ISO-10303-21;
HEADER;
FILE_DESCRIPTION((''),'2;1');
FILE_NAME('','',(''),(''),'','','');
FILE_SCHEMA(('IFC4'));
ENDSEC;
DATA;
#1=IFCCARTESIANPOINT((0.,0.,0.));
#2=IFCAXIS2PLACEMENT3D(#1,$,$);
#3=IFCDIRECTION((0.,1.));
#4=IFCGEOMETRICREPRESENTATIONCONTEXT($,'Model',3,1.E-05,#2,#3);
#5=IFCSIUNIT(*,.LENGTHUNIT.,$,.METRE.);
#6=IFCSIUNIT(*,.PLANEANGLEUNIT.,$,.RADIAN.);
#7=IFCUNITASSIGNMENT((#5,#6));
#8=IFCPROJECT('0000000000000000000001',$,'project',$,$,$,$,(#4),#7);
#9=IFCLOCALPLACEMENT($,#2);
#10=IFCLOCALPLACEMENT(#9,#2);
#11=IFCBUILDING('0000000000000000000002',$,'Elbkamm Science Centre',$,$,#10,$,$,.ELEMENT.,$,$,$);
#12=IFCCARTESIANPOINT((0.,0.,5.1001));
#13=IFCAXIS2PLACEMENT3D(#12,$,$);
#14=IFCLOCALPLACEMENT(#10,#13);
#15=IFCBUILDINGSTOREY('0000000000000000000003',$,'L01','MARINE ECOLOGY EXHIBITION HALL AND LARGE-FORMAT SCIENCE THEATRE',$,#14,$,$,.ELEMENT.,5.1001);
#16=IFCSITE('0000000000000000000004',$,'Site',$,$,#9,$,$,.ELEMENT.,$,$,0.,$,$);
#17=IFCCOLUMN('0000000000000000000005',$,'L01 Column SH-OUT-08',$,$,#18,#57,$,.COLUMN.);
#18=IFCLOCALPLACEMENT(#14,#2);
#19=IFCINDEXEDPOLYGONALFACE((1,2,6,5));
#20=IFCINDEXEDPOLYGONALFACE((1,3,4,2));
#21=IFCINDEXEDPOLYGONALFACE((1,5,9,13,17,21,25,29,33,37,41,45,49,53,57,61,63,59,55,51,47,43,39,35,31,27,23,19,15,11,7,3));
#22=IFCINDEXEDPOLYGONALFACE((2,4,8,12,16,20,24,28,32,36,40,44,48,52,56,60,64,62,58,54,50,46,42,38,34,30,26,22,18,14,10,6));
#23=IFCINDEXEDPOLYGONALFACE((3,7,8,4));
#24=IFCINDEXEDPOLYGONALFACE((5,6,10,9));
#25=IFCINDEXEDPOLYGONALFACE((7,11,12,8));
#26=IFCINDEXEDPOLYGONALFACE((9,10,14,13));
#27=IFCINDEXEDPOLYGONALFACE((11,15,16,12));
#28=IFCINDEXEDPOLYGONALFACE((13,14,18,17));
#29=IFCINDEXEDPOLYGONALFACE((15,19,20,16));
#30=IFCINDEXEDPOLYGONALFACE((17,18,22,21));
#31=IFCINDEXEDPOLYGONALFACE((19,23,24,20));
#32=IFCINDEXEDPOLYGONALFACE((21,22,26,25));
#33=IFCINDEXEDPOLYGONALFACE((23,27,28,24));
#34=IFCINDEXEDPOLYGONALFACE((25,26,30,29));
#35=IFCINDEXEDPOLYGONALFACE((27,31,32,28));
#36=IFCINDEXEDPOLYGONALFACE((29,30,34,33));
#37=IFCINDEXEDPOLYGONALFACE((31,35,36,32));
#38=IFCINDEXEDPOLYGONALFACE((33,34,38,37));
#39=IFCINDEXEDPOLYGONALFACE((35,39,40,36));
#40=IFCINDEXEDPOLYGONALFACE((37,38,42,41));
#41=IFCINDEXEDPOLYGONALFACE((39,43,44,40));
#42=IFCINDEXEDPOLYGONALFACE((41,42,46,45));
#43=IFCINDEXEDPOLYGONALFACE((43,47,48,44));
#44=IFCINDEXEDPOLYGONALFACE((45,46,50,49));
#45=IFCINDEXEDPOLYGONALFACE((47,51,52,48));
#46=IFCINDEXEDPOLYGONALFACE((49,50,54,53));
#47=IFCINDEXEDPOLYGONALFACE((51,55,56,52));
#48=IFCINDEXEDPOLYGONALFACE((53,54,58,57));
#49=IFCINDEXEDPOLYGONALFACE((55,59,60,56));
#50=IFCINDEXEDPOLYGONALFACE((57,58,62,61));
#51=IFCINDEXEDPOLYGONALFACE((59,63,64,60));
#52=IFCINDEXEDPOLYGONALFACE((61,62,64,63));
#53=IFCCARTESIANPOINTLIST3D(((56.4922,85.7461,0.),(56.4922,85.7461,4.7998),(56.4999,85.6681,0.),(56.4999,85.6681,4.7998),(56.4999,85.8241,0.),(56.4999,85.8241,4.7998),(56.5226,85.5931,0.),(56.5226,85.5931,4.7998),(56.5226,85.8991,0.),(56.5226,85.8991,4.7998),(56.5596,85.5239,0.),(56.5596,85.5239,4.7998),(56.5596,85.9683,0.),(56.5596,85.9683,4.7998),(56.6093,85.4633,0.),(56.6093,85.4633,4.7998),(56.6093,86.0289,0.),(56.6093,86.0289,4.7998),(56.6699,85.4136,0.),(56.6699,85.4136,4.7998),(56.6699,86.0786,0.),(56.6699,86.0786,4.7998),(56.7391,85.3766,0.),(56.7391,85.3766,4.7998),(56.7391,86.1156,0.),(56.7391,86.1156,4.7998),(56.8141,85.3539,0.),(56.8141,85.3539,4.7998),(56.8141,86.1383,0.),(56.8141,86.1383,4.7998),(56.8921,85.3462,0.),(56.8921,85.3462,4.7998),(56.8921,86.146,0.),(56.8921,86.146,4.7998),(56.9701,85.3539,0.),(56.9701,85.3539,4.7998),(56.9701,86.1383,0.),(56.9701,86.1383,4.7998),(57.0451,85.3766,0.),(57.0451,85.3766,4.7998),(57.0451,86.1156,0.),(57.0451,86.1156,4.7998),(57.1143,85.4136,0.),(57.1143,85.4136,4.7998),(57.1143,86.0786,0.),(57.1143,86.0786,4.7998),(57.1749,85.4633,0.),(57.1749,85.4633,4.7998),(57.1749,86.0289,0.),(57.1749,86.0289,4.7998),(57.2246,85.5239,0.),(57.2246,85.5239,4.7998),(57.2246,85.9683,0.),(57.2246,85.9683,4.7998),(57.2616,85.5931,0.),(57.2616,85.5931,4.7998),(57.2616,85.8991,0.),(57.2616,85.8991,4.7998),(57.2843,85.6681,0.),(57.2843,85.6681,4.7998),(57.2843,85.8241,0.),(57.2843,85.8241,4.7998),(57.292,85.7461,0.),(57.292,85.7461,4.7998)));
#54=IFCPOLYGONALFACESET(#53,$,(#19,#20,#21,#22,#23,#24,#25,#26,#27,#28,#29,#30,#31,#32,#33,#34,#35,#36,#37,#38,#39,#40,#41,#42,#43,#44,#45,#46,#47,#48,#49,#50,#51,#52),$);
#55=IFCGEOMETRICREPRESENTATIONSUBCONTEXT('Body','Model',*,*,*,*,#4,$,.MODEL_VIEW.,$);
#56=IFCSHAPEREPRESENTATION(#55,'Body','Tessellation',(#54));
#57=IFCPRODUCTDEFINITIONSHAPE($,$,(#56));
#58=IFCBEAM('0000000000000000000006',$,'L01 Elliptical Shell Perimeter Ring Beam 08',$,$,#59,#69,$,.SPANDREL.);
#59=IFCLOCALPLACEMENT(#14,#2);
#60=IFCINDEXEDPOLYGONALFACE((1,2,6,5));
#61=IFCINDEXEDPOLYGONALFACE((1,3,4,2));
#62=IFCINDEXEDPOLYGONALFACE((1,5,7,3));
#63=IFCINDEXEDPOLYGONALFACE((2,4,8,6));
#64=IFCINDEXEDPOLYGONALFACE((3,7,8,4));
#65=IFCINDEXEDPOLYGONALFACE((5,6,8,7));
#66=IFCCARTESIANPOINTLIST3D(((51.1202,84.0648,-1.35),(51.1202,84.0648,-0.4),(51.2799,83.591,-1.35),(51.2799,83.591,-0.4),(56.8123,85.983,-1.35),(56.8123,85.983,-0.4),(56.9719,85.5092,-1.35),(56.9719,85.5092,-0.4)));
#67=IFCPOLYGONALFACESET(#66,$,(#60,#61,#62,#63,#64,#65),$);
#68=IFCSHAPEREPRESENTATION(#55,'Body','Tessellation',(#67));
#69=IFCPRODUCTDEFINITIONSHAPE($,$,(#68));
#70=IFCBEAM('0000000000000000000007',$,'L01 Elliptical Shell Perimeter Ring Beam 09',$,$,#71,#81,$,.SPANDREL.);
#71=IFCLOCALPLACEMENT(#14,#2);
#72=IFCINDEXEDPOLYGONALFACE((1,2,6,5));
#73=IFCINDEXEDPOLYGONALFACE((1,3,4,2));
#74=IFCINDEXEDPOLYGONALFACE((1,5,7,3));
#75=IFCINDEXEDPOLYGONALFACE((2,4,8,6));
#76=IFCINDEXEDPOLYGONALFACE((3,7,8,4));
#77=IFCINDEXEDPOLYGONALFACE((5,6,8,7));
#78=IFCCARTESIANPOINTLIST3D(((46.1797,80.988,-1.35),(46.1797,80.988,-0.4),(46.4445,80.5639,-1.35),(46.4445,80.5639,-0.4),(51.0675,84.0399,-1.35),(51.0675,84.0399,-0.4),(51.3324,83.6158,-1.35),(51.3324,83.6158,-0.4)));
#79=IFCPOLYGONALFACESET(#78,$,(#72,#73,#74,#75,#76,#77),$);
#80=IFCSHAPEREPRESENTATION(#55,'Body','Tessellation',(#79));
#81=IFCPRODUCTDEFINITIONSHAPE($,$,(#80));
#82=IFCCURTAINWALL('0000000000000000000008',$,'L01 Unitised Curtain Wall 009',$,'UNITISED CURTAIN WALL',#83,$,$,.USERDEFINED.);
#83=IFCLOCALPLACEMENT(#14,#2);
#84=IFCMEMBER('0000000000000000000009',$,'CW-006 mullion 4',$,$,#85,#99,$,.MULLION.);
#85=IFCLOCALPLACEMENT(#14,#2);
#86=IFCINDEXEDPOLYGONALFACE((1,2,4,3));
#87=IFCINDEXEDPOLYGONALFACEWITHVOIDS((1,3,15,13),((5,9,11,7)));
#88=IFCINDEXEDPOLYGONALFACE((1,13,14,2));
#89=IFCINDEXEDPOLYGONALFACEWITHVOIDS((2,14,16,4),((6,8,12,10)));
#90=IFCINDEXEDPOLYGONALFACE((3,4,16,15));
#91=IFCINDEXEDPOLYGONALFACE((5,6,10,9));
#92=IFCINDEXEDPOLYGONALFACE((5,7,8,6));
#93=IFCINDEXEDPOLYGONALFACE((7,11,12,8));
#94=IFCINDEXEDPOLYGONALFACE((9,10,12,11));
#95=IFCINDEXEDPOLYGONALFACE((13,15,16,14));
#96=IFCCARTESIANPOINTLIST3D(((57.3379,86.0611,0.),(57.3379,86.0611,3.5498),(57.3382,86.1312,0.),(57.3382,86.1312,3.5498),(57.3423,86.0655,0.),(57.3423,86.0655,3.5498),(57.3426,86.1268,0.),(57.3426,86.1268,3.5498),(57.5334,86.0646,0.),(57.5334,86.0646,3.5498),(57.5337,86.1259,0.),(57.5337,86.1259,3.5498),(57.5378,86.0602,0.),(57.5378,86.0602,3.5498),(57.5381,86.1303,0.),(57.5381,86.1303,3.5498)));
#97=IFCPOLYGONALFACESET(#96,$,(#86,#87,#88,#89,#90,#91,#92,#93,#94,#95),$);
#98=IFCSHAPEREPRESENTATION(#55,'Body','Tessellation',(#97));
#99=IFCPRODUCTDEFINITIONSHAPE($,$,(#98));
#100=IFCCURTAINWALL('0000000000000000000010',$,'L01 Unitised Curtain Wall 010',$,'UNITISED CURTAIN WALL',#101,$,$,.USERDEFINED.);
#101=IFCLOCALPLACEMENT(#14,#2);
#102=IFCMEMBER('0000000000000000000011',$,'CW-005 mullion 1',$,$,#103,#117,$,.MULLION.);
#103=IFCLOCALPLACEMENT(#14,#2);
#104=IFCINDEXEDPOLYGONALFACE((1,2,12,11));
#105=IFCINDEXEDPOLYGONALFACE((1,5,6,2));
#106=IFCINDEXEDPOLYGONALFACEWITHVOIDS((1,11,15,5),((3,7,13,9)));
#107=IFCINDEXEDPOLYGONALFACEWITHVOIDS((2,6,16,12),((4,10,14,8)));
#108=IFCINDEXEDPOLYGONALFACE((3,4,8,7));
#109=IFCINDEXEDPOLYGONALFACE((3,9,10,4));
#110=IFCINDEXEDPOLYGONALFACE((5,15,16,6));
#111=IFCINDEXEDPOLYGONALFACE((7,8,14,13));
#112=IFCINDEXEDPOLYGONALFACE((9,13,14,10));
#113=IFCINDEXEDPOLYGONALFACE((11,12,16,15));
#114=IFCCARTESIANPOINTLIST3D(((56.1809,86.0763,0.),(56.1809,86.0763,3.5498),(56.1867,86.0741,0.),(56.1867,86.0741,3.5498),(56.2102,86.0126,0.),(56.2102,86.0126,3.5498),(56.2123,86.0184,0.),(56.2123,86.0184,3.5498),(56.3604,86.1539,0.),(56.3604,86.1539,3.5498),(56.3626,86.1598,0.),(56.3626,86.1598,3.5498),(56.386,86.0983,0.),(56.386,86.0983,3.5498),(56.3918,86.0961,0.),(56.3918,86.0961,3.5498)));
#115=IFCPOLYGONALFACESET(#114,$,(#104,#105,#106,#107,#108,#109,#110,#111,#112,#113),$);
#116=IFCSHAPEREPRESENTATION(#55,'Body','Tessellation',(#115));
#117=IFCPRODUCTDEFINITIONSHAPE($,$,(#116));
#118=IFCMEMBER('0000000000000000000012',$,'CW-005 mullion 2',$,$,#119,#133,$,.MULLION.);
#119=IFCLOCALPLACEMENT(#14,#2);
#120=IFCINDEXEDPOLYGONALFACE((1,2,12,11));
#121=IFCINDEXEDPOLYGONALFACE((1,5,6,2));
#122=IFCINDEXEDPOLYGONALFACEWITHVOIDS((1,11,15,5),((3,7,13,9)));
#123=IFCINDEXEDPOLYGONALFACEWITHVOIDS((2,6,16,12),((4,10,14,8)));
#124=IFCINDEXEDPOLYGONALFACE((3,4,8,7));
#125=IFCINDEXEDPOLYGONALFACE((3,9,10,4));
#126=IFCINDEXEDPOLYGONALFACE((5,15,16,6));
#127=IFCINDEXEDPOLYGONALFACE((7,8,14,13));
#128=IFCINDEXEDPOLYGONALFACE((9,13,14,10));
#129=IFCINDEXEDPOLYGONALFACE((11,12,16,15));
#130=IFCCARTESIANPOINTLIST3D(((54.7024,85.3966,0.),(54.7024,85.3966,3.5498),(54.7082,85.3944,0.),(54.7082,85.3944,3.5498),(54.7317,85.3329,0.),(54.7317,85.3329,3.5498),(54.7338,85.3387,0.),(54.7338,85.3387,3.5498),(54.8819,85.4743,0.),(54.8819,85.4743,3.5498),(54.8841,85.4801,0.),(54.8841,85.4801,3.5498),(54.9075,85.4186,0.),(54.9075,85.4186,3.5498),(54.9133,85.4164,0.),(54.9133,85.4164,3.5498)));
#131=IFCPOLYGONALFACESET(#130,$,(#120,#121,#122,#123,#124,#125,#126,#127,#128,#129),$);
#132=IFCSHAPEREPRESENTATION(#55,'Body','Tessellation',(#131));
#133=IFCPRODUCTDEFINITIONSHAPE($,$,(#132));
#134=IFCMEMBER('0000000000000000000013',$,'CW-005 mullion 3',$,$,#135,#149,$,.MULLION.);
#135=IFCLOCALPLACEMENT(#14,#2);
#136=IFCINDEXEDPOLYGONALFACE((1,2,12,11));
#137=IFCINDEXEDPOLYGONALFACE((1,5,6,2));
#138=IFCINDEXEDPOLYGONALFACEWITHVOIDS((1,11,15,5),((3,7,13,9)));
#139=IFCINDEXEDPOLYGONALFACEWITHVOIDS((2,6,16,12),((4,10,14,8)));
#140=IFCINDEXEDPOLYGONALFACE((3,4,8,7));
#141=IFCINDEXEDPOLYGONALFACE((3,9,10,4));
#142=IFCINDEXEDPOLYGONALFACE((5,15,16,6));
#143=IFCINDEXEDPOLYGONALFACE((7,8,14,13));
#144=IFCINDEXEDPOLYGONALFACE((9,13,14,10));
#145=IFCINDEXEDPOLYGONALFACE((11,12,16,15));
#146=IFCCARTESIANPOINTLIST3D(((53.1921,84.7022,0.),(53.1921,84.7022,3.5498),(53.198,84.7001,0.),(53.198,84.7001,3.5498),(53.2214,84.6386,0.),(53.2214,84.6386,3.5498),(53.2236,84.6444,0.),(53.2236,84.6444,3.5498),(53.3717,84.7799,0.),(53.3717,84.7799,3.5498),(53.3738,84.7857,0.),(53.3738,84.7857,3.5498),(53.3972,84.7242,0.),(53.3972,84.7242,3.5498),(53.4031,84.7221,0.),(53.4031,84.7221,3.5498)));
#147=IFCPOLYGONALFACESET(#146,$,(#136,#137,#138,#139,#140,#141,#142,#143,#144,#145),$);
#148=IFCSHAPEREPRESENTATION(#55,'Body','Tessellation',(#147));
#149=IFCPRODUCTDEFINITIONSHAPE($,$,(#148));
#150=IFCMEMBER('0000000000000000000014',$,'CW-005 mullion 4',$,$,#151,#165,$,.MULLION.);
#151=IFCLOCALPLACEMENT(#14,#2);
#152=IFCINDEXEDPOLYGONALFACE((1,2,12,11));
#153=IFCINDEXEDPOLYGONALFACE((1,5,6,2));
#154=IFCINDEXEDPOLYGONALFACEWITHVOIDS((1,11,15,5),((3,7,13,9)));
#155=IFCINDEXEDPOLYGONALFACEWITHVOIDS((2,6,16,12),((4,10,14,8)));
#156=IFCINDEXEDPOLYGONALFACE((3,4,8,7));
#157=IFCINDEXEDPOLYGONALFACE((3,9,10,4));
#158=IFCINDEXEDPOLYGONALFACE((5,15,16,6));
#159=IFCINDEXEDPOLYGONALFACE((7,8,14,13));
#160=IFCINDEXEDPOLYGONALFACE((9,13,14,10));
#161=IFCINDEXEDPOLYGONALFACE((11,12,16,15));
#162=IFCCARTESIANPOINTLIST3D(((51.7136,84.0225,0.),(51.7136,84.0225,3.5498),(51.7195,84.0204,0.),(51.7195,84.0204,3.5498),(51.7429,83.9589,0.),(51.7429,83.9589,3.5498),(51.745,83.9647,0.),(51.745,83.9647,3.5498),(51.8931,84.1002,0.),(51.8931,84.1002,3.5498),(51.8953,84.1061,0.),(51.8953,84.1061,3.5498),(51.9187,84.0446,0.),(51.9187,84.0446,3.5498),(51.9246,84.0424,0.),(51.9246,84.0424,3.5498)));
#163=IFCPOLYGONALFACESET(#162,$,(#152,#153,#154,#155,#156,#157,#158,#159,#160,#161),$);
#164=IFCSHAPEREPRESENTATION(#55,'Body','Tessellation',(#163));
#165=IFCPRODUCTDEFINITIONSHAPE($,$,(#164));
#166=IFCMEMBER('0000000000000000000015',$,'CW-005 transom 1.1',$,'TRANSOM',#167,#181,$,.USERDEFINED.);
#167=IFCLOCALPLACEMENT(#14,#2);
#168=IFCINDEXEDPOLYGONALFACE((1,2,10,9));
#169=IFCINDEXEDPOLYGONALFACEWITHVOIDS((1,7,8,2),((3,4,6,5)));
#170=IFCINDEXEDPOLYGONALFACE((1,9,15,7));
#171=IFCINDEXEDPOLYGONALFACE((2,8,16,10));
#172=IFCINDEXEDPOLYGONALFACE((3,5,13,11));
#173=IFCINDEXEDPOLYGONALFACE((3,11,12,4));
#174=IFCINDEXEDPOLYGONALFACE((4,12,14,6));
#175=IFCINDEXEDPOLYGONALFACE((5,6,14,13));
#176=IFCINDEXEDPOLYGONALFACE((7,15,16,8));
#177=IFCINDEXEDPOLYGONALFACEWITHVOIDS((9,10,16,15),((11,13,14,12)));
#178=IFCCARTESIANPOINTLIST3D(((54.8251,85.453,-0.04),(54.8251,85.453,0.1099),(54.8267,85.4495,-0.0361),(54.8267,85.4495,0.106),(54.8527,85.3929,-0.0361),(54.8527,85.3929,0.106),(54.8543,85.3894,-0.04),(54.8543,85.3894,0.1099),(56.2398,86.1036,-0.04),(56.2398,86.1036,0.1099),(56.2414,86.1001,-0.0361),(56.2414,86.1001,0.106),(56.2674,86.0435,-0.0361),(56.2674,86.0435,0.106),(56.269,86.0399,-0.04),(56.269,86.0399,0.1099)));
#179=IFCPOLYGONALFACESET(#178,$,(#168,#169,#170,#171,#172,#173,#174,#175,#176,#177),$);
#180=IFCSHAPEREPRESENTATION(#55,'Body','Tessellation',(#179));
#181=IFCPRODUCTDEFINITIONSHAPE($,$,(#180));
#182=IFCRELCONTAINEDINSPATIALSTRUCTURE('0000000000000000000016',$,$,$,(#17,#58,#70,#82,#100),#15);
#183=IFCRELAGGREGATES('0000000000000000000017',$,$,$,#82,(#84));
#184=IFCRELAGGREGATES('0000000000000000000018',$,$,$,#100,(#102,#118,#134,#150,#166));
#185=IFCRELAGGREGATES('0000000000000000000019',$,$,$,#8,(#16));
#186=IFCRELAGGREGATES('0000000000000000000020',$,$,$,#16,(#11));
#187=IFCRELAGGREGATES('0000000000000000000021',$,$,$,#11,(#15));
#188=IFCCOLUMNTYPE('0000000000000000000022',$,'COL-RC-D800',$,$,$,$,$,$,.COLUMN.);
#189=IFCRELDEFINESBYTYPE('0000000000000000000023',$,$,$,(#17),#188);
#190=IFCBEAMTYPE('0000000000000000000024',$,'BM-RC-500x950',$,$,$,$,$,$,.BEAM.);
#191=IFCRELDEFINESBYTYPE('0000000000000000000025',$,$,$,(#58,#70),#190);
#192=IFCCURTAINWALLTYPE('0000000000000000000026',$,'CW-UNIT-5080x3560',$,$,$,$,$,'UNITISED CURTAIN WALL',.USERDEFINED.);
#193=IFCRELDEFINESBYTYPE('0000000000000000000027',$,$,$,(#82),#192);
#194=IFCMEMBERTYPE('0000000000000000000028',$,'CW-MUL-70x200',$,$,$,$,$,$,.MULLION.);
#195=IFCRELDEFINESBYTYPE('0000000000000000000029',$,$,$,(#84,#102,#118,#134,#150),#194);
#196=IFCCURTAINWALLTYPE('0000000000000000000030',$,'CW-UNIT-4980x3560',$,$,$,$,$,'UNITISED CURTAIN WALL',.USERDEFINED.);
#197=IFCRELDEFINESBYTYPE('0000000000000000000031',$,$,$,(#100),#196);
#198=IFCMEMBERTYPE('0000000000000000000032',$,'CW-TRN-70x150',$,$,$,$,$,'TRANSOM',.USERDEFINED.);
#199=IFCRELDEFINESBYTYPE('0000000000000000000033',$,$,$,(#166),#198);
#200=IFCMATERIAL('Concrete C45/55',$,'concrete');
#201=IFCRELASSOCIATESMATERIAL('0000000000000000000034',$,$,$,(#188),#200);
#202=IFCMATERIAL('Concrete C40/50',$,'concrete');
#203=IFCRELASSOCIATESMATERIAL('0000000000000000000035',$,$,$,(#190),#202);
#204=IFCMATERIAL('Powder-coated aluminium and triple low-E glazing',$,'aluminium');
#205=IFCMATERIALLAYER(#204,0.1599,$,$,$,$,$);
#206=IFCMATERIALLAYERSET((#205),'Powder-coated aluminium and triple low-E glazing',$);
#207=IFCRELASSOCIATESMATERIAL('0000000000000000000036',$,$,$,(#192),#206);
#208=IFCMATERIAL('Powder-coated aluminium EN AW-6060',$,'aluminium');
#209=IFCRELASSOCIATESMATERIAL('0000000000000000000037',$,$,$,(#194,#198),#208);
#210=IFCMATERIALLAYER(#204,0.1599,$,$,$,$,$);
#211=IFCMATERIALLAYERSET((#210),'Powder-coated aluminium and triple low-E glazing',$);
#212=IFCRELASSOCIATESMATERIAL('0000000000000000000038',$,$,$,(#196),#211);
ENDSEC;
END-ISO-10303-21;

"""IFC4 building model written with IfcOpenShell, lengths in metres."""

from ifc_helpers import new_model, si_unit, direction, frame, origin, origin_2d, place, context, subcontext, project, spatial, rectangle, hollow_rectangle, circle, extrude, material, layer, layer_set, material_profile, profile_set, type_object, element, aggregate, save


model = new_model("IFC4")

# Units and contexts
model_context = context("Model", 3, precision=1e-05, world=origin(), true_north=direction((0.0, 1.0)))
body_context = subcontext(model_context, "Body", "Model", "MODEL_VIEW")
ifc_project = project(units=[si_unit("LENGTHUNIT", "METRE"), si_unit("PLANEANGLEUNIT", "RADIAN")], contexts=[model_context])

# Site, building, storey
site_placement = place(None, origin())
site = spatial("IfcSite", under=ifc_project, at=site_placement, Name="Site", CompositionType="ELEMENT", RefElevation=0.0)
building_placement = place(site_placement, origin())
building = spatial("IfcBuilding", under=site, at=building_placement, Name="Elbkamm Science Centre", CompositionType="ELEMENT")
storey_placement = place(building_placement, frame((0.0, 0.0, 5.1001)))
storey = spatial("IfcBuildingStorey", under=building, at=storey_placement, Name="L01", Description="MARINE ECOLOGY EXHIBITION HALL AND LARGE-FORMAT SCIENCE THEATRE", CompositionType="ELEMENT", Elevation=5.1001)

# Column
ifc_material_1 = material(Name="Concrete C45/55", Category="concrete")
ifc_material_profile_1 = material_profile(ifc_material_1, circle(Radius=0.3999, at=origin_2d()), Name="RC D800")
ifc_profile_set_1 = profile_set([ifc_material_profile_1], Name="Concrete C45/55")
column_type = type_object("IfcColumnType", Name="COL-RC-D800", PredefinedType="COLUMN", material=ifc_profile_set_1)
column_placement = place(storey_placement, frame((56.8921, 85.7461, 0.0), z_axis=(0.0, 0.0, 1.0), x_axis=(1.0, 0.0, 0.0)))
element("IfcColumn", 1, at=column_placement, inside=storey, type_object=column_type, Name="L01 Column SH-OUT-08", PredefinedType="COLUMN", context=body_context, shape_type="SweptSolid", body=[
    extrude(circle(Radius=0.3999, at=origin_2d()), origin(), (0.0, 0.0, 1.0), 4.7998),
])

# Beams
ifc_material_2 = material(Name="Concrete C40/50", Category="concrete")
ifc_material_profile_2 = material_profile(ifc_material_2, rectangle(XDim=0.5, YDim=0.95, at=origin_2d()), Name="RC 500x950")
ifc_profile_set_2 = profile_set([ifc_material_profile_2], Name="Concrete C40/50")
beam_type = type_object("IfcBeamType", Name="BM-RC-500x950", PredefinedType="BEAM", material=ifc_profile_set_2)
beam_1_placement = place(storey_placement, frame((56.8921, 85.7461, -0.875), z_axis=(-0.947638, -0.319348, 0.0), x_axis=(0.319348, -0.947638, 0.0)))
element("IfcBeam", 2, at=beam_1_placement, inside=storey, type_object=beam_type, Name="L01 Elliptical Shell Perimeter Ring Beam 08", PredefinedType="SPANDREL", context=body_context, shape_type="SweptSolid", body=[
    extrude(rectangle(XDim=0.5, YDim=0.95, at=origin_2d()), origin(), (0.0, 0.0, 1.0), 6.0066),
])
beam_2_placement = place(storey_placement, frame((51.2, 83.8279, -0.875), z_axis=(-0.848229, -0.529629, 0.0), x_axis=(0.529629, -0.848229, 0.0)))
element("IfcBeam", 3, at=beam_2_placement, inside=storey, type_object=beam_type, Name="L01 Elliptical Shell Perimeter Ring Beam 09", PredefinedType="SPANDREL", context=body_context, shape_type="SweptSolid", body=[
    extrude(rectangle(XDim=0.5, YDim=0.95, at=origin_2d()), origin(), (0.0, 0.0, 1.0), 5.7625),
])

# Curtain wall, member
ifc_material_3 = material(Name="Powder-coated aluminium and triple low-E glazing", Category="aluminium")
ifc_layer_1 = layer(ifc_material_3, 0.1599)
ifc_layer_set_1 = layer_set([ifc_layer_1], Name="Powder-coated aluminium and triple low-E glazing")
curtain_wall_type_1 = type_object("IfcCurtainWallType", Name="CW-UNIT-5080x3560", ElementType="UNITISED CURTAIN WALL", PredefinedType="USERDEFINED", material=ifc_layer_set_1)
curtain_wall_1_placement = place(storey_placement, origin())
curtain_wall_1 = element("IfcCurtainWall", 4, at=curtain_wall_1_placement, inside=storey, type_object=curtain_wall_type_1, Name="L01 Unitised Curtain Wall 009", ObjectType="UNITISED CURTAIN WALL", PredefinedType="USERDEFINED")
ifc_material_4 = material(Name="Powder-coated aluminium EN AW-6060", Category="aluminium")
ifc_material_profile_3 = material_profile(ifc_material_4, hollow_rectangle(XDim=0.0701, YDim=0.2, WallThickness=0.0044, at=origin_2d()), Name="ALU M70x200")
ifc_profile_set_3 = profile_set([ifc_material_profile_3], Name="Powder-coated aluminium EN AW-6060")
member_type_1 = type_object("IfcMemberType", Name="CW-MUL-70x200", PredefinedType="MULLION", material=ifc_profile_set_3)
member_1_placement = place(storey_placement, frame((57.438, 86.0957, 0.0), z_axis=(0.0, 0.0, 1.0), x_axis=(-0.004633, -0.999989, 0.0)))
member_1 = element("IfcMember", 5, at=member_1_placement, type_object=member_type_1, Name="CW-006 mullion 4", PredefinedType="MULLION", context=body_context, shape_type="SweptSolid", body=[
    extrude(hollow_rectangle(XDim=0.0701, YDim=0.2, WallThickness=0.0044, at=origin_2d()), origin(), (0.0, 0.0, 1.0), 3.5498),
])
aggregate(curtain_wall_1, [member_1])

# Curtain wall, members
ifc_layer_2 = layer(ifc_material_3, 0.1599)
ifc_layer_set_2 = layer_set([ifc_layer_2], Name="Powder-coated aluminium and triple low-E glazing")
curtain_wall_type_2 = type_object("IfcCurtainWallType", Name="CW-UNIT-4980x3560", ElementType="UNITISED CURTAIN WALL", PredefinedType="USERDEFINED", material=ifc_layer_set_2)
curtain_wall_2_placement = place(storey_placement, origin())
curtain_wall_2 = element("IfcCurtainWall", 6, at=curtain_wall_2_placement, inside=storey, type_object=curtain_wall_type_2, Name="L01 Unitised Curtain Wall 010", ObjectType="UNITISED CURTAIN WALL", PredefinedType="USERDEFINED")
member_2_placement = place(storey_placement, frame((56.2864, 86.0862, 0.0), z_axis=(0.0, 0.0, 1.0), x_axis=(0.417705, -0.908583, 0.0)))
member_2 = element("IfcMember", 7, at=member_2_placement, type_object=member_type_1, Name="CW-005 mullion 1", PredefinedType="MULLION", context=body_context, shape_type="SweptSolid", body=[
    extrude(hollow_rectangle(XDim=0.0701, YDim=0.2, WallThickness=0.0044, at=origin_2d()), origin(), (0.0, 0.0, 1.0), 3.5498),
])
member_3_placement = place(storey_placement, frame((54.8079, 85.4065, 0.0), z_axis=(0.0, 0.0, 1.0), x_axis=(0.417705, -0.908583, 0.0)))
member_3 = element("IfcMember", 8, at=member_3_placement, type_object=member_type_1, Name="CW-005 mullion 2", PredefinedType="MULLION", context=body_context, shape_type="SweptSolid", body=[
    extrude(hollow_rectangle(XDim=0.0701, YDim=0.2, WallThickness=0.0044, at=origin_2d()), origin(), (0.0, 0.0, 1.0), 3.5498),
])
member_4_placement = place(storey_placement, frame((53.2976, 84.7122, 0.0), z_axis=(0.0, 0.0, 1.0), x_axis=(0.417705, -0.908583, 0.0)))
member_4 = element("IfcMember", 9, at=member_4_placement, type_object=member_type_1, Name="CW-005 mullion 3", PredefinedType="MULLION", context=body_context, shape_type="SweptSolid", body=[
    extrude(hollow_rectangle(XDim=0.0701, YDim=0.2, WallThickness=0.0044, at=origin_2d()), origin(), (0.0, 0.0, 1.0), 3.5498),
])
member_5_placement = place(storey_placement, frame((51.8191, 84.0325, 0.0), z_axis=(0.0, 0.0, 1.0), x_axis=(0.417705, -0.908583, 0.0)))
member_5 = element("IfcMember", 10, at=member_5_placement, type_object=member_type_1, Name="CW-005 mullion 4", PredefinedType="MULLION", context=body_context, shape_type="SweptSolid", body=[
    extrude(hollow_rectangle(XDim=0.0701, YDim=0.2, WallThickness=0.0044, at=origin_2d()), origin(), (0.0, 0.0, 1.0), 3.5498),
])
ifc_material_profile_4 = material_profile(ifc_material_4, hollow_rectangle(XDim=0.0701, YDim=0.1499, WallThickness=0.0039, at=origin_2d()), Name="ALU T70x150")
ifc_profile_set_4 = profile_set([ifc_material_profile_4], Name="Powder-coated aluminium EN AW-6060")
member_type_2 = type_object("IfcMemberType", Name="CW-TRN-70x150", ElementType="TRANSOM", PredefinedType="USERDEFINED", material=ifc_profile_set_4)
member_6_placement = place(storey_placement, frame((56.2544, 86.0718, 0.0349), z_axis=(-0.908532, -0.417815, 0.0), x_axis=(0.417815, -0.908532, 0.0)))
member_6 = element("IfcMember", 11, at=member_6_placement, type_object=member_type_2, Name="CW-005 transom 1.1", ObjectType="TRANSOM", PredefinedType="USERDEFINED", context=body_context, shape_type="SweptSolid", body=[
    extrude(hollow_rectangle(XDim=0.0701, YDim=0.1499, WallThickness=0.0039, at=origin_2d()), origin(), (0.0, 0.0, 1.0), 1.5571),
])
aggregate(curtain_wall_2, [member_2, member_3, member_4, member_5, member_6])

save(model, "model.ifc")
